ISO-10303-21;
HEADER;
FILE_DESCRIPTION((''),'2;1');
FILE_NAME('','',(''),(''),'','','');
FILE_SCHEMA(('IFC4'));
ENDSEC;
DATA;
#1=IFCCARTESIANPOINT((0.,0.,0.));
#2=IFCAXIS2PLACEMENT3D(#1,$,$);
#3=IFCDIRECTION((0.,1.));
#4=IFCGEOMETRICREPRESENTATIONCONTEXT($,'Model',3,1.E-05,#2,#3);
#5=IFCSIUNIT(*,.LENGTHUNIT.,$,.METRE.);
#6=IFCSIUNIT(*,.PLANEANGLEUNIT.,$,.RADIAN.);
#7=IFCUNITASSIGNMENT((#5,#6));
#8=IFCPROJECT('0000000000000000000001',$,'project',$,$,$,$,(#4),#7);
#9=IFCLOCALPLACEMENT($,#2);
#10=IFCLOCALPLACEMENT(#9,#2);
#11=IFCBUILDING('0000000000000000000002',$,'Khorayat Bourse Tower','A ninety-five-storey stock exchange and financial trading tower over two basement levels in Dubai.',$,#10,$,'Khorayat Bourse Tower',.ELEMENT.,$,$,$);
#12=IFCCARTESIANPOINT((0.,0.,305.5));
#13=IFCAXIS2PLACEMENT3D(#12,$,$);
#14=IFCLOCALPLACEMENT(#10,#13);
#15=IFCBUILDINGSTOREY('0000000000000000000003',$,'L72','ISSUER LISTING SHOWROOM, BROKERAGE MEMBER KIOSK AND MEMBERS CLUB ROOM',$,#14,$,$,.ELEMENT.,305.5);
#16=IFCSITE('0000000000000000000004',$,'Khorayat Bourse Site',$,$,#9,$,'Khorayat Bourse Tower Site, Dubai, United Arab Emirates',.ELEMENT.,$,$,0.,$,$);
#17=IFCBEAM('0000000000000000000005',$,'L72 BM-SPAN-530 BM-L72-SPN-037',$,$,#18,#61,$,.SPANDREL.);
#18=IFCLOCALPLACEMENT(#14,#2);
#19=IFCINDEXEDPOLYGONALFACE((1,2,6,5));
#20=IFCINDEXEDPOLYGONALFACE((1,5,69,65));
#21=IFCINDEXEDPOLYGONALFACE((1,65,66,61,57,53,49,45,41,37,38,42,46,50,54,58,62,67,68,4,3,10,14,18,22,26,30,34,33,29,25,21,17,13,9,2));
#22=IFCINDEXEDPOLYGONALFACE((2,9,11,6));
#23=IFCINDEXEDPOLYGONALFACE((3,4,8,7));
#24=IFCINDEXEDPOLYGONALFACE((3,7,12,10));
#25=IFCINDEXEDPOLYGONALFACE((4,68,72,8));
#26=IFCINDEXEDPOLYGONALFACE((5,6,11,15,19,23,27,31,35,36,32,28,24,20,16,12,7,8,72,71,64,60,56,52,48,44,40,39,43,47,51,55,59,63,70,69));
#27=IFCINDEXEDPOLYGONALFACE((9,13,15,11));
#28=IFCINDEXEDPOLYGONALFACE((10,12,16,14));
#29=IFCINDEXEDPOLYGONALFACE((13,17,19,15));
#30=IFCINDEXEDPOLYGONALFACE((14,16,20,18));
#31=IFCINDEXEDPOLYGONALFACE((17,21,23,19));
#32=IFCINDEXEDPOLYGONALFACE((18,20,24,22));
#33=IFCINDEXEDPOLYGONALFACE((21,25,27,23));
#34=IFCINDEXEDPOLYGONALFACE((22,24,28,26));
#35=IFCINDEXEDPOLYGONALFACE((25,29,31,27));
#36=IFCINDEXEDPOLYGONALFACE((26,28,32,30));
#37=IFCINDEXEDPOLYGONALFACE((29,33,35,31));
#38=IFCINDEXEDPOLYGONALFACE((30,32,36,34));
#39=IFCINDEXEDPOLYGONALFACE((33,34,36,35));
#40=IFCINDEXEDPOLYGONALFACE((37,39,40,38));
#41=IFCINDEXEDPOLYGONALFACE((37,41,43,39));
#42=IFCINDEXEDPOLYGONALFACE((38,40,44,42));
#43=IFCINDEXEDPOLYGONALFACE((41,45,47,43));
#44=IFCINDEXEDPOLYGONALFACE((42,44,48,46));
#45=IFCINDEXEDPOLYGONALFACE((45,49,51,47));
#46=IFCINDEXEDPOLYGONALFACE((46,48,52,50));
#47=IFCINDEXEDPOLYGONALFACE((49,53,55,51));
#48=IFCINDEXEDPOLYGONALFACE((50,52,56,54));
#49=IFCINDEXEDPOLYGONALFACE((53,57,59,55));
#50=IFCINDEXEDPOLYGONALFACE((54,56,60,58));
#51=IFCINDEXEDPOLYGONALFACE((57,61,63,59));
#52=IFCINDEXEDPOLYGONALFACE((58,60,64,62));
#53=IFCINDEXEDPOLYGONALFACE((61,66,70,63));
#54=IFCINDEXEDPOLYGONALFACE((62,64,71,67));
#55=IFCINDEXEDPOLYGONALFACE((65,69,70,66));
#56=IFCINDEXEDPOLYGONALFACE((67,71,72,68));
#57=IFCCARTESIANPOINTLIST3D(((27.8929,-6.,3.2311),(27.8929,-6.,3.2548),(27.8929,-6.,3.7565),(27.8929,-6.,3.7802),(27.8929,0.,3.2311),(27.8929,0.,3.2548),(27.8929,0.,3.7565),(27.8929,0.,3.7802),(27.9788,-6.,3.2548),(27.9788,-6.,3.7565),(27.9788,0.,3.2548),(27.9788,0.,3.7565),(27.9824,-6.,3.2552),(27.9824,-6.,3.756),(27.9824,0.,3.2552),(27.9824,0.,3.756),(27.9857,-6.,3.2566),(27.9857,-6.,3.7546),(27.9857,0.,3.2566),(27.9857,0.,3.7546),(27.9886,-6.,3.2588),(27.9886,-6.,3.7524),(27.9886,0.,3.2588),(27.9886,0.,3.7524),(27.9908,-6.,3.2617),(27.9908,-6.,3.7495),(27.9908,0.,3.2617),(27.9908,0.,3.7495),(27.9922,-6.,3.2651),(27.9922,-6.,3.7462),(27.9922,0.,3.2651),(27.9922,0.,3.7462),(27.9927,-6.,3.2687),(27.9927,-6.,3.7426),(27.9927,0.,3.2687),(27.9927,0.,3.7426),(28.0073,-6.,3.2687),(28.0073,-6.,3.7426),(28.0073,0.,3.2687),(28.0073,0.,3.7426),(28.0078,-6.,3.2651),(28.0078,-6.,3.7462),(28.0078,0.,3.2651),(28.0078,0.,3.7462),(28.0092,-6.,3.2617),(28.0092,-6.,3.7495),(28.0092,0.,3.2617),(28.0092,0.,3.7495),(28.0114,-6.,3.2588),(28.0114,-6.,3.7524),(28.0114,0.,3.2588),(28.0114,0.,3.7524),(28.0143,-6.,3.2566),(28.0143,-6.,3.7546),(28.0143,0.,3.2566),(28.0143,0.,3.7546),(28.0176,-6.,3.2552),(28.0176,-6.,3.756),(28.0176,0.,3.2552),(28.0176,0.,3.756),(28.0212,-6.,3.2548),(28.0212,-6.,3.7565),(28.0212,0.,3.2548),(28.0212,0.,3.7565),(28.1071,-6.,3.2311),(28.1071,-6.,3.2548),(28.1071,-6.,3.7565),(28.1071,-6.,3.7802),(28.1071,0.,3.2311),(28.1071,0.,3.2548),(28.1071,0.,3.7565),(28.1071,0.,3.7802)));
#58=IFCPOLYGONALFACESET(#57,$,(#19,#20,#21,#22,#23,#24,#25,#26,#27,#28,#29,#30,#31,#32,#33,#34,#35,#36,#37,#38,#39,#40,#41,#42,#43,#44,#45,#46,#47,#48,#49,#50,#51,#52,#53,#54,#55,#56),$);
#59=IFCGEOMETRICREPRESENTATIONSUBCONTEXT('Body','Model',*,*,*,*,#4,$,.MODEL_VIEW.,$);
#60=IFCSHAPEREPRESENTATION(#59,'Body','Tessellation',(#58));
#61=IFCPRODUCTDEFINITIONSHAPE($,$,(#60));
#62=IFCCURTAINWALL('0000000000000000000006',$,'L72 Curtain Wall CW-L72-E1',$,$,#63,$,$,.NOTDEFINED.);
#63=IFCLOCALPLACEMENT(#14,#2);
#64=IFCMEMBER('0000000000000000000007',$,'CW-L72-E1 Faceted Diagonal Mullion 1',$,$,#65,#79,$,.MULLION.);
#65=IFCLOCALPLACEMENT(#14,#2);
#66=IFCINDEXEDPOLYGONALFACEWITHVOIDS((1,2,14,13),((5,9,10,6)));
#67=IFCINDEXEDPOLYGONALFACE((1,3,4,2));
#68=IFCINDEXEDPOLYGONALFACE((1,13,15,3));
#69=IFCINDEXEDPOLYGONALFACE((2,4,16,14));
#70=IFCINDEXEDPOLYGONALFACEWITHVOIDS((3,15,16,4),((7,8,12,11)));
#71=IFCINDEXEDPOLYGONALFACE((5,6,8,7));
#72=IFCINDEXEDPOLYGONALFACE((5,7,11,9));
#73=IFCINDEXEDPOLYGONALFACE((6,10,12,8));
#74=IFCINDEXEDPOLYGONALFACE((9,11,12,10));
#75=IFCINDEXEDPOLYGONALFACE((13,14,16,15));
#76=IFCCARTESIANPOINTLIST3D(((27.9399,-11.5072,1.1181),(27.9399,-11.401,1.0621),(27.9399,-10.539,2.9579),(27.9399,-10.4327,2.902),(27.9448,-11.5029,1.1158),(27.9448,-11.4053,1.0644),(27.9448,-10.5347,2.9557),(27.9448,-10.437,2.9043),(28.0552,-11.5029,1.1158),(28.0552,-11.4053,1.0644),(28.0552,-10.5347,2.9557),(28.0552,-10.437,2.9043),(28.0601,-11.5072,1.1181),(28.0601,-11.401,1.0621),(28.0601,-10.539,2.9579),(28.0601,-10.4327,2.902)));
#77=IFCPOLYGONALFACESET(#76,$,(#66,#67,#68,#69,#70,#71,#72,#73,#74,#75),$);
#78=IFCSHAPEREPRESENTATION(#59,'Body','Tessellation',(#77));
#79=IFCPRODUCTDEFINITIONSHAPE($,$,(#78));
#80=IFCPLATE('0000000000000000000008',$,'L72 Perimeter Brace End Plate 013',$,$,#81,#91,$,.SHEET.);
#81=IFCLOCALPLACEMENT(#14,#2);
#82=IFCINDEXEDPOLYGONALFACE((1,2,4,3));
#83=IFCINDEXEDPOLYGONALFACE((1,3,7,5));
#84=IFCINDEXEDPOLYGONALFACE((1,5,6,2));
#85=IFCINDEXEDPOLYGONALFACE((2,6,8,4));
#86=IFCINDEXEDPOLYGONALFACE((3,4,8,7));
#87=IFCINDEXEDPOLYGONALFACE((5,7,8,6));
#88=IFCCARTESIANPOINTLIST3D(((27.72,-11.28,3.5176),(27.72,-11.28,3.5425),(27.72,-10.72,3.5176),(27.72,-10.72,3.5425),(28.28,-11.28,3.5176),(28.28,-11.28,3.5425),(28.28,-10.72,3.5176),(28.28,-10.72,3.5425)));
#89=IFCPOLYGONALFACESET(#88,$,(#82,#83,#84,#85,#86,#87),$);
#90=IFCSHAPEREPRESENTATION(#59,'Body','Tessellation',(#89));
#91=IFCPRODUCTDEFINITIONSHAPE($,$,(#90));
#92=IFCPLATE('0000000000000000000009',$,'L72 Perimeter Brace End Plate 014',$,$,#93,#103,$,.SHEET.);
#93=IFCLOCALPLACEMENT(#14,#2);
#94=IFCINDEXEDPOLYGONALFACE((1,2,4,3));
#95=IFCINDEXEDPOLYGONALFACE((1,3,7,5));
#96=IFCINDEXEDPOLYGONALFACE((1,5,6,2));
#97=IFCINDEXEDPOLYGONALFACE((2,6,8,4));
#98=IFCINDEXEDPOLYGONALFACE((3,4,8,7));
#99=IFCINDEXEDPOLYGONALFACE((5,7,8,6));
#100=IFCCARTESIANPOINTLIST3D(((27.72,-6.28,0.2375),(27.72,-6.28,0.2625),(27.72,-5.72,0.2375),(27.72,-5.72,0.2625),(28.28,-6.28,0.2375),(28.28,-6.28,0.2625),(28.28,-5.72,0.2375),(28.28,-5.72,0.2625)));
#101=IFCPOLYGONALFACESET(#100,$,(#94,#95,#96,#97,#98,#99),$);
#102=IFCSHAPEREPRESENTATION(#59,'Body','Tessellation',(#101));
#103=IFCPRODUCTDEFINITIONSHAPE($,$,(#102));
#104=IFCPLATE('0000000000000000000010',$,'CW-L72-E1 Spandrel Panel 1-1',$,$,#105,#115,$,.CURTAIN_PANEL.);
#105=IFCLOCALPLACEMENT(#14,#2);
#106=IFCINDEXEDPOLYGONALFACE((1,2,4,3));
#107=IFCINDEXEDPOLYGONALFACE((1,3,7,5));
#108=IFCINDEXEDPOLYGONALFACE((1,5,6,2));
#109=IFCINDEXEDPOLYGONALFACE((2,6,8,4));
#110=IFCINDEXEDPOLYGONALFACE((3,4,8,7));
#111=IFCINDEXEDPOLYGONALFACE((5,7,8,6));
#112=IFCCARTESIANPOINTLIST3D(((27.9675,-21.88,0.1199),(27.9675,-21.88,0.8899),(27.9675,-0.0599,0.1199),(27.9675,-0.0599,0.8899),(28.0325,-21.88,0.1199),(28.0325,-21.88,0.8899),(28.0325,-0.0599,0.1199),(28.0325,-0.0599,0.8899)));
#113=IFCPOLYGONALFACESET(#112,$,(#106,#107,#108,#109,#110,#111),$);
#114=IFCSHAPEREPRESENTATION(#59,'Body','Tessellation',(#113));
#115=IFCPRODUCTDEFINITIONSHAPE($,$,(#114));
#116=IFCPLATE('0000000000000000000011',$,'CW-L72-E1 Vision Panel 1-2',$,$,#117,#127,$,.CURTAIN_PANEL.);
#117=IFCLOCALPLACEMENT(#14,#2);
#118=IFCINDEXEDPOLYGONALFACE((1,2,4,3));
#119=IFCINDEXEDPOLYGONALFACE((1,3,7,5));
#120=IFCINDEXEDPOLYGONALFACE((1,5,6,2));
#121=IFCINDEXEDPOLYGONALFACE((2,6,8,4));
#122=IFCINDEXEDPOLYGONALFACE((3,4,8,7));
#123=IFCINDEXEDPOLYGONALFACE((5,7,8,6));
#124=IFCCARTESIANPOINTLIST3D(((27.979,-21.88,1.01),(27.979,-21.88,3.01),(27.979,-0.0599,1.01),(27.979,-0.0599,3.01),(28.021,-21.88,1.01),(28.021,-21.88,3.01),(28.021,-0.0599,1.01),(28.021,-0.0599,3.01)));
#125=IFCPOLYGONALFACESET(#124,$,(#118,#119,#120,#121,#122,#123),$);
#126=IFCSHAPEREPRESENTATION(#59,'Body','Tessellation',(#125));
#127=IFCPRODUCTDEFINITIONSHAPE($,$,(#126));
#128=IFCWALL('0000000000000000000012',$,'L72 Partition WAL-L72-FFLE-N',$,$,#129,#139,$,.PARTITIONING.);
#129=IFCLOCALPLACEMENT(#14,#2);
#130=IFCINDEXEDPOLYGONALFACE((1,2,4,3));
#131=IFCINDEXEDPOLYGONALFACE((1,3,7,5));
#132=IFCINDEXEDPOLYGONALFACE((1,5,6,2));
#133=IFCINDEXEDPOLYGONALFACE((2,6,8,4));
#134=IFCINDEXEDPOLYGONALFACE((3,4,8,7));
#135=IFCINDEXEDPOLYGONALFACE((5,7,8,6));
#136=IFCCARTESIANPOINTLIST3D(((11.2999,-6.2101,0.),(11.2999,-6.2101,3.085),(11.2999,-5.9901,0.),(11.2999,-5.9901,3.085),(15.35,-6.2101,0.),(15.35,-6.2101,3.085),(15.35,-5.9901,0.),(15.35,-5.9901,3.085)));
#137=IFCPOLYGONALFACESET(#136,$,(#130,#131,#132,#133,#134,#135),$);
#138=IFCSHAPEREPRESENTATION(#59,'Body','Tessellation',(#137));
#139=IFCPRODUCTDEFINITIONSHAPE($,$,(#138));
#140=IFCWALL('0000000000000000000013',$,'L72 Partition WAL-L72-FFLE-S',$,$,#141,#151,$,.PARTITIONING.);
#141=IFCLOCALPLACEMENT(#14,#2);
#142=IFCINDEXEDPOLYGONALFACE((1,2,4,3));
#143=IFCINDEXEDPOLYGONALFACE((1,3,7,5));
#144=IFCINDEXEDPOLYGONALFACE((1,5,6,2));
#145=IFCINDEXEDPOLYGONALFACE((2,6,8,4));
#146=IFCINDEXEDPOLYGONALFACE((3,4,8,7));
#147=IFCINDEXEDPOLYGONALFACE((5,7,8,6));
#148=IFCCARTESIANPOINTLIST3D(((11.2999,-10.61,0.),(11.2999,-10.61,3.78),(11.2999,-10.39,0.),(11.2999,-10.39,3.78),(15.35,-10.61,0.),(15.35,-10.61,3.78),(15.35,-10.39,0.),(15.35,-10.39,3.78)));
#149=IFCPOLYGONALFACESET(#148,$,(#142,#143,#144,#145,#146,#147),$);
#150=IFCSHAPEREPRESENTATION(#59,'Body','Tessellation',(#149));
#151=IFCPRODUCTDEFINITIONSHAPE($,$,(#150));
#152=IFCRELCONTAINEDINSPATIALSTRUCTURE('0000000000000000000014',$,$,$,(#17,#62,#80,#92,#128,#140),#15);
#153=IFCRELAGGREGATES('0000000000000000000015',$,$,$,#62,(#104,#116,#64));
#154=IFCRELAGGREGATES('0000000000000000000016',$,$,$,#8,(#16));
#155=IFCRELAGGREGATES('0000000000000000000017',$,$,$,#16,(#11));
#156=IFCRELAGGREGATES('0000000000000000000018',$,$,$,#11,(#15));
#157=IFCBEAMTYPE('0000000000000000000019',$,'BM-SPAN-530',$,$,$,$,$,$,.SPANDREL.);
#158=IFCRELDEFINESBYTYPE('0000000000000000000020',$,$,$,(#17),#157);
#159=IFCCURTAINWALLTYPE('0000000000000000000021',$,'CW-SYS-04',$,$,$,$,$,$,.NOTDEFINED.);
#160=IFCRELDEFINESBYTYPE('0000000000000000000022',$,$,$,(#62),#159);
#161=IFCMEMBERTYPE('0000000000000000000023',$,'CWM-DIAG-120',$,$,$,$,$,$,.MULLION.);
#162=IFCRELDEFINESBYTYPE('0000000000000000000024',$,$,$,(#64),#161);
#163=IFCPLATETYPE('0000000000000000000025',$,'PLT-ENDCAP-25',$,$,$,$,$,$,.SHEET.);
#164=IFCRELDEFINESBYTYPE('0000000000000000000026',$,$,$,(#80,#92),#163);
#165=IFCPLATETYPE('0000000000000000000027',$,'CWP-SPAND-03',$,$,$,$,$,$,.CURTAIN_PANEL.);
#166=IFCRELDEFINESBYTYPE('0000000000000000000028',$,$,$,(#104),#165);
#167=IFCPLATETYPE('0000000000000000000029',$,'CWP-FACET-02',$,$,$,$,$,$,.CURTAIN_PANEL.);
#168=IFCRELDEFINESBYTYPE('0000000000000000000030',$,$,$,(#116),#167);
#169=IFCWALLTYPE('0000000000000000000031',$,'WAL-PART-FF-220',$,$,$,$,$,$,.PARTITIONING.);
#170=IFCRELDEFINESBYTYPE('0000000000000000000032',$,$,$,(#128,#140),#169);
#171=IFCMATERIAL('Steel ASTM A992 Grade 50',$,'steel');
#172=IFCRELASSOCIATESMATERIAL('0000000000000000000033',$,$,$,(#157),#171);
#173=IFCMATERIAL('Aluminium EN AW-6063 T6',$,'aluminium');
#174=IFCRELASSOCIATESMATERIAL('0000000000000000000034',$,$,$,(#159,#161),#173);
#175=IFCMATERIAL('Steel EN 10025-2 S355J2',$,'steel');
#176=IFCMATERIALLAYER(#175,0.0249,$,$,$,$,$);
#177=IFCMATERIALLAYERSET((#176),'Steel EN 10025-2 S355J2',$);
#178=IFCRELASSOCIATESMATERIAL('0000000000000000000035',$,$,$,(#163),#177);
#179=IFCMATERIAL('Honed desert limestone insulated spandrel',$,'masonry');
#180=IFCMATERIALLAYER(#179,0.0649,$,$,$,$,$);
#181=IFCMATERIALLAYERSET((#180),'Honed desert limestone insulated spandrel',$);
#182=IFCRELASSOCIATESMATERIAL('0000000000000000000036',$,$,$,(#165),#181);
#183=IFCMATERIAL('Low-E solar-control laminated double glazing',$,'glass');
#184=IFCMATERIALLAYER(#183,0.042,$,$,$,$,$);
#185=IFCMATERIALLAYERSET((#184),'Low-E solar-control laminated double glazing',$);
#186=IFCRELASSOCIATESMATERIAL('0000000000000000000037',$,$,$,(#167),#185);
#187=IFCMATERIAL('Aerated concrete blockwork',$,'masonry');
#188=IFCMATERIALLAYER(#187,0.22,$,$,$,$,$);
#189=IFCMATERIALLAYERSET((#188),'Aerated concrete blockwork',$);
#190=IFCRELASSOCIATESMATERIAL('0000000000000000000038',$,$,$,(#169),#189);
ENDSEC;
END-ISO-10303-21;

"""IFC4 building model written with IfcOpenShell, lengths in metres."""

from ifc_helpers import new_model, si_unit, direction, frame, frame_2d, origin, origin_2d, place, context, subcontext, project, spatial, rectangle, hollow_rectangle, i_section, extrude, source, transform, mapped, material, layer, layer_set, material_profile, profile_set, type_object, element, aggregate, save


model = new_model("IFC4")

# Units and contexts
model_context = context("Model", 3, precision=1e-05, world=origin(), true_north=direction((0.0, 1.0)))
body_context = subcontext(model_context, "Body", "Model", "MODEL_VIEW")
ifc_project = project(units=[si_unit("LENGTHUNIT", "METRE"), si_unit("PLANEANGLEUNIT", "RADIAN")], contexts=[model_context])

# Site, building, storey
site_placement = place(None, origin())
site = spatial("IfcSite", under=ifc_project, at=site_placement, Name="Khorayat Bourse Site", LongName="Khorayat Bourse Tower Site, Dubai, United Arab Emirates", CompositionType="ELEMENT", RefElevation=0.0)
building_placement = place(site_placement, origin())
building = spatial("IfcBuilding", under=site, at=building_placement, Name="Khorayat Bourse Tower", Description="A ninety-five-storey stock exchange and financial trading tower over two basement levels in Dubai.", LongName="Khorayat Bourse Tower", CompositionType="ELEMENT")
storey_placement = place(building_placement, frame((0.0, 0.0, 305.5)))
storey = spatial("IfcBuildingStorey", under=building, at=storey_placement, Name="L72", Description="ISSUER LISTING SHOWROOM, BROKERAGE MEMBER KIOSK AND MEMBERS CLUB ROOM", CompositionType="ELEMENT", Elevation=305.5)

# Beam
ifc_material_1 = material(Name="Steel ASTM A992 Grade 50", Category="steel")
ifc_material_profile_1 = material_profile(ifc_material_1, i_section(OverallWidth=0.2141, OverallDepth=0.5491, WebThickness=0.0146, FlangeThickness=0.0237, FilletRadius=0.0139, at=origin_2d()), Name="W530X138")
ifc_profile_set_1 = profile_set([ifc_material_profile_1], Name="Steel ASTM A992 Grade 50")
beam_type_1 = type_object("IfcBeamType", Name="BM-SPAN-530", PredefinedType="SPANDREL", material=ifc_profile_set_1)
shared_shape_1 = source(origin(), body_context, "Body", "SweptSolid", [
    extrude(i_section(OverallWidth=0.2141, OverallDepth=0.5491, WebThickness=0.0146, FlangeThickness=0.0237, FilletRadius=0.0139, at=origin_2d()), origin(), (0.0, 0.0, 1.0), 6.0),
])
beam_1_placement = place(storey_placement, frame((28.0, -6.0, 3.5056), z_axis=(0.0, 1.0, 0.0), x_axis=(-1.0, 0.0, 0.0)))
element("IfcBeam", 1, at=beam_1_placement, inside=storey, type_object=beam_type_1, Name="L72 BM-SPAN-530 BM-L72-SPN-037", PredefinedType="SPANDREL", context=body_context, shape_type="MappedRepresentation", body=[
    mapped(shared_shape_1, transform((0.0, 0.0, 0.0), scale=1.0)),
])

# Curtain wall, member
ifc_material_2 = material(Name="Aluminium EN AW-6063 T6", Category="aluminium")
curtain_wall_type = type_object("IfcCurtainWallType", Name="CW-SYS-04", PredefinedType="NOTDEFINED", material=ifc_material_2)
curtain_wall_placement = place(storey_placement, origin())
curtain_wall = element("IfcCurtainWall", 2, at=curtain_wall_placement, inside=storey, type_object=curtain_wall_type, Name="L72 Curtain Wall CW-L72-E1", PredefinedType="NOTDEFINED")
ifc_material_profile_2 = material_profile(ifc_material_2, hollow_rectangle(XDim=0.1201, YDim=0.1201, WallThickness=0.0049, at=origin_2d()), Name="ALU 120x120x5")
ifc_profile_set_2 = profile_set([ifc_material_profile_2], Name="Aluminium EN AW-6063 T6")
member_type_1 = type_object("IfcMemberType", Name="CWM-DIAG-120", PredefinedType="MULLION", material=ifc_profile_set_2)
shared_shape_2 = source(origin(), body_context, "Body", "SweptSolid", [
    extrude(hollow_rectangle(XDim=0.1201, YDim=0.1201, WallThickness=0.0049, at=origin_2d()), origin(), (0.0, 0.0, 1.0), 2.0791),
])
member_1_placement = place(storey_placement, frame((28.0, -11.4541, 1.0901), z_axis=(0.0, 0.465717, 0.884934), x_axis=(-1.0, 0.0, 0.0)))
member_1 = element("IfcMember", 3, at=member_1_placement, type_object=member_type_1, Name="CW-L72-E1 Faceted Diagonal Mullion 1", PredefinedType="MULLION", context=body_context, shape_type="MappedRepresentation", body=[
    mapped(shared_shape_2, transform((0.0, 0.0, 0.0), scale=1.0)),
])

# Plates
ifc_material_3 = material(Name="Steel EN 10025-2 S355J2", Category="steel")
ifc_layer_1 = layer(ifc_material_3, 0.0249)
ifc_layer_set_1 = layer_set([ifc_layer_1], Name="Steel EN 10025-2 S355J2")
plate_type_1 = type_object("IfcPlateType", Name="PLT-ENDCAP-25", PredefinedType="SHEET", material=ifc_layer_set_1)
shared_shape_3 = source(origin(), body_context, "Body", "SweptSolid", [
    extrude(rectangle(XDim=0.5601, YDim=0.5601, at=origin_2d()), origin(), (0.0, 0.0, 1.0), 0.0249),
])
for number, where, z_axis, x_axis, name in (
    (4, (28.0, -11.0, 3.5176), (0.0, 0.0, 1.0), (1.0, 0.0, 0.0), "L72 Perimeter Brace End Plate 013"),
    (5, (28.0, -6.0, 0.2375), (0.0, 0.0, 1.0), (1.0, 0.0, 0.0), "L72 Perimeter Brace End Plate 014"),
):
    element("IfcPlate", number, at=place(storey_placement, frame(where, z_axis=z_axis, x_axis=x_axis)), inside=storey, type_object=plate_type_1, Name=name, PredefinedType="SHEET", context=body_context, shape_type="MappedRepresentation", body=[
        mapped(shared_shape_3, transform((0.0, 0.0, 0.0), scale=1.0)),
    ])

# Plates
ifc_material_4 = material(Name="Honed desert limestone insulated spandrel", Category="masonry")
ifc_layer_2 = layer(ifc_material_4, 0.0649)
ifc_layer_set_2 = layer_set([ifc_layer_2], Name="Honed desert limestone insulated spandrel")
plate_type_2 = type_object("IfcPlateType", Name="CWP-SPAND-03", PredefinedType="CURTAIN_PANEL", material=ifc_layer_set_2)
shared_shape_4 = source(origin(), body_context, "Body", "SweptSolid", [
    extrude(rectangle(XDim=21.8201, YDim=0.0649, at=origin_2d()), origin(), (0.0, 0.0, 1.0), 0.77),
])
plate_1_placement = place(storey_placement, frame((28.0, -10.97, 0.1199), z_axis=(0.0, 0.0, 1.0), x_axis=(0.0, 1.0, 0.0)))
plate_1 = element("IfcPlate", 6, at=plate_1_placement, type_object=plate_type_2, Name="CW-L72-E1 Spandrel Panel 1-1", PredefinedType="CURTAIN_PANEL", context=body_context, shape_type="MappedRepresentation", body=[
    mapped(shared_shape_4, transform((0.0, 0.0, 0.0), scale=1.0)),
])
ifc_material_5 = material(Name="Low-E solar-control laminated double glazing", Category="glass")
ifc_layer_3 = layer(ifc_material_5, 0.042)
ifc_layer_set_3 = layer_set([ifc_layer_3], Name="Low-E solar-control laminated double glazing")
plate_type_3 = type_object("IfcPlateType", Name="CWP-FACET-02", PredefinedType="CURTAIN_PANEL", material=ifc_layer_set_3)
shared_shape_5 = source(origin(), body_context, "Body", "SweptSolid", [
    extrude(rectangle(XDim=21.8201, YDim=0.042, at=origin_2d()), origin(), (0.0, 0.0, 1.0), 2.0),
])
plate_2_placement = place(storey_placement, frame((28.0, -10.97, 1.01), z_axis=(0.0, 0.0, 1.0), x_axis=(0.0, 1.0, 0.0)))
plate_2 = element("IfcPlate", 7, at=plate_2_placement, type_object=plate_type_3, Name="CW-L72-E1 Vision Panel 1-2", PredefinedType="CURTAIN_PANEL", context=body_context, shape_type="MappedRepresentation", body=[
    mapped(shared_shape_5, transform((0.0, 0.0, 0.0), scale=1.0)),
])
aggregate(curtain_wall, [plate_1, plate_2, member_1])

# Walls
ifc_material_6 = material(Name="Aerated concrete blockwork", Category="masonry")
ifc_layer_4 = layer(ifc_material_6, 0.22)
ifc_layer_set_4 = layer_set([ifc_layer_4], Name="Aerated concrete blockwork")
wall_type_1 = type_object("IfcWallType", Name="WAL-PART-FF-220", PredefinedType="PARTITIONING", material=ifc_layer_set_4)
shared_shape_6 = source(origin(), body_context, "Body", "SweptSolid", [
    extrude(rectangle(XDim=4.05, YDim=0.22, at=frame_2d((2.0249, 0.0))), origin(), (0.0, 0.0, 1.0), 3.085),
])
wall_1_placement = place(storey_placement, frame((11.3, -6.1001, 0.0), z_axis=(0.0, 0.0, 1.0), x_axis=(1.0, 0.0, 0.0)))
element("IfcWall", 8, at=wall_1_placement, inside=storey, type_object=wall_type_1, Name="L72 Partition WAL-L72-FFLE-N", PredefinedType="PARTITIONING", context=body_context, shape_type="MappedRepresentation", body=[
    mapped(shared_shape_6, transform((0.0, 0.0, 0.0), scale=1.0)),
])
shared_shape_7 = source(origin(), body_context, "Body", "SweptSolid", [
    extrude(rectangle(XDim=4.05, YDim=0.22, at=frame_2d((2.0249, 0.0))), origin(), (0.0, 0.0, 1.0), 3.78),
])
wall_2_placement = place(storey_placement, frame((11.3, -10.5, 0.0), z_axis=(0.0, 0.0, 1.0), x_axis=(1.0, 0.0, 0.0)))
element("IfcWall", 9, at=wall_2_placement, inside=storey, type_object=wall_type_1, Name="L72 Partition WAL-L72-FFLE-S", PredefinedType="PARTITIONING", context=body_context, shape_type="MappedRepresentation", body=[
    mapped(shared_shape_7, transform((0.0, 0.0, 0.0), scale=1.0)),
])

save(model, "model.ifc")
